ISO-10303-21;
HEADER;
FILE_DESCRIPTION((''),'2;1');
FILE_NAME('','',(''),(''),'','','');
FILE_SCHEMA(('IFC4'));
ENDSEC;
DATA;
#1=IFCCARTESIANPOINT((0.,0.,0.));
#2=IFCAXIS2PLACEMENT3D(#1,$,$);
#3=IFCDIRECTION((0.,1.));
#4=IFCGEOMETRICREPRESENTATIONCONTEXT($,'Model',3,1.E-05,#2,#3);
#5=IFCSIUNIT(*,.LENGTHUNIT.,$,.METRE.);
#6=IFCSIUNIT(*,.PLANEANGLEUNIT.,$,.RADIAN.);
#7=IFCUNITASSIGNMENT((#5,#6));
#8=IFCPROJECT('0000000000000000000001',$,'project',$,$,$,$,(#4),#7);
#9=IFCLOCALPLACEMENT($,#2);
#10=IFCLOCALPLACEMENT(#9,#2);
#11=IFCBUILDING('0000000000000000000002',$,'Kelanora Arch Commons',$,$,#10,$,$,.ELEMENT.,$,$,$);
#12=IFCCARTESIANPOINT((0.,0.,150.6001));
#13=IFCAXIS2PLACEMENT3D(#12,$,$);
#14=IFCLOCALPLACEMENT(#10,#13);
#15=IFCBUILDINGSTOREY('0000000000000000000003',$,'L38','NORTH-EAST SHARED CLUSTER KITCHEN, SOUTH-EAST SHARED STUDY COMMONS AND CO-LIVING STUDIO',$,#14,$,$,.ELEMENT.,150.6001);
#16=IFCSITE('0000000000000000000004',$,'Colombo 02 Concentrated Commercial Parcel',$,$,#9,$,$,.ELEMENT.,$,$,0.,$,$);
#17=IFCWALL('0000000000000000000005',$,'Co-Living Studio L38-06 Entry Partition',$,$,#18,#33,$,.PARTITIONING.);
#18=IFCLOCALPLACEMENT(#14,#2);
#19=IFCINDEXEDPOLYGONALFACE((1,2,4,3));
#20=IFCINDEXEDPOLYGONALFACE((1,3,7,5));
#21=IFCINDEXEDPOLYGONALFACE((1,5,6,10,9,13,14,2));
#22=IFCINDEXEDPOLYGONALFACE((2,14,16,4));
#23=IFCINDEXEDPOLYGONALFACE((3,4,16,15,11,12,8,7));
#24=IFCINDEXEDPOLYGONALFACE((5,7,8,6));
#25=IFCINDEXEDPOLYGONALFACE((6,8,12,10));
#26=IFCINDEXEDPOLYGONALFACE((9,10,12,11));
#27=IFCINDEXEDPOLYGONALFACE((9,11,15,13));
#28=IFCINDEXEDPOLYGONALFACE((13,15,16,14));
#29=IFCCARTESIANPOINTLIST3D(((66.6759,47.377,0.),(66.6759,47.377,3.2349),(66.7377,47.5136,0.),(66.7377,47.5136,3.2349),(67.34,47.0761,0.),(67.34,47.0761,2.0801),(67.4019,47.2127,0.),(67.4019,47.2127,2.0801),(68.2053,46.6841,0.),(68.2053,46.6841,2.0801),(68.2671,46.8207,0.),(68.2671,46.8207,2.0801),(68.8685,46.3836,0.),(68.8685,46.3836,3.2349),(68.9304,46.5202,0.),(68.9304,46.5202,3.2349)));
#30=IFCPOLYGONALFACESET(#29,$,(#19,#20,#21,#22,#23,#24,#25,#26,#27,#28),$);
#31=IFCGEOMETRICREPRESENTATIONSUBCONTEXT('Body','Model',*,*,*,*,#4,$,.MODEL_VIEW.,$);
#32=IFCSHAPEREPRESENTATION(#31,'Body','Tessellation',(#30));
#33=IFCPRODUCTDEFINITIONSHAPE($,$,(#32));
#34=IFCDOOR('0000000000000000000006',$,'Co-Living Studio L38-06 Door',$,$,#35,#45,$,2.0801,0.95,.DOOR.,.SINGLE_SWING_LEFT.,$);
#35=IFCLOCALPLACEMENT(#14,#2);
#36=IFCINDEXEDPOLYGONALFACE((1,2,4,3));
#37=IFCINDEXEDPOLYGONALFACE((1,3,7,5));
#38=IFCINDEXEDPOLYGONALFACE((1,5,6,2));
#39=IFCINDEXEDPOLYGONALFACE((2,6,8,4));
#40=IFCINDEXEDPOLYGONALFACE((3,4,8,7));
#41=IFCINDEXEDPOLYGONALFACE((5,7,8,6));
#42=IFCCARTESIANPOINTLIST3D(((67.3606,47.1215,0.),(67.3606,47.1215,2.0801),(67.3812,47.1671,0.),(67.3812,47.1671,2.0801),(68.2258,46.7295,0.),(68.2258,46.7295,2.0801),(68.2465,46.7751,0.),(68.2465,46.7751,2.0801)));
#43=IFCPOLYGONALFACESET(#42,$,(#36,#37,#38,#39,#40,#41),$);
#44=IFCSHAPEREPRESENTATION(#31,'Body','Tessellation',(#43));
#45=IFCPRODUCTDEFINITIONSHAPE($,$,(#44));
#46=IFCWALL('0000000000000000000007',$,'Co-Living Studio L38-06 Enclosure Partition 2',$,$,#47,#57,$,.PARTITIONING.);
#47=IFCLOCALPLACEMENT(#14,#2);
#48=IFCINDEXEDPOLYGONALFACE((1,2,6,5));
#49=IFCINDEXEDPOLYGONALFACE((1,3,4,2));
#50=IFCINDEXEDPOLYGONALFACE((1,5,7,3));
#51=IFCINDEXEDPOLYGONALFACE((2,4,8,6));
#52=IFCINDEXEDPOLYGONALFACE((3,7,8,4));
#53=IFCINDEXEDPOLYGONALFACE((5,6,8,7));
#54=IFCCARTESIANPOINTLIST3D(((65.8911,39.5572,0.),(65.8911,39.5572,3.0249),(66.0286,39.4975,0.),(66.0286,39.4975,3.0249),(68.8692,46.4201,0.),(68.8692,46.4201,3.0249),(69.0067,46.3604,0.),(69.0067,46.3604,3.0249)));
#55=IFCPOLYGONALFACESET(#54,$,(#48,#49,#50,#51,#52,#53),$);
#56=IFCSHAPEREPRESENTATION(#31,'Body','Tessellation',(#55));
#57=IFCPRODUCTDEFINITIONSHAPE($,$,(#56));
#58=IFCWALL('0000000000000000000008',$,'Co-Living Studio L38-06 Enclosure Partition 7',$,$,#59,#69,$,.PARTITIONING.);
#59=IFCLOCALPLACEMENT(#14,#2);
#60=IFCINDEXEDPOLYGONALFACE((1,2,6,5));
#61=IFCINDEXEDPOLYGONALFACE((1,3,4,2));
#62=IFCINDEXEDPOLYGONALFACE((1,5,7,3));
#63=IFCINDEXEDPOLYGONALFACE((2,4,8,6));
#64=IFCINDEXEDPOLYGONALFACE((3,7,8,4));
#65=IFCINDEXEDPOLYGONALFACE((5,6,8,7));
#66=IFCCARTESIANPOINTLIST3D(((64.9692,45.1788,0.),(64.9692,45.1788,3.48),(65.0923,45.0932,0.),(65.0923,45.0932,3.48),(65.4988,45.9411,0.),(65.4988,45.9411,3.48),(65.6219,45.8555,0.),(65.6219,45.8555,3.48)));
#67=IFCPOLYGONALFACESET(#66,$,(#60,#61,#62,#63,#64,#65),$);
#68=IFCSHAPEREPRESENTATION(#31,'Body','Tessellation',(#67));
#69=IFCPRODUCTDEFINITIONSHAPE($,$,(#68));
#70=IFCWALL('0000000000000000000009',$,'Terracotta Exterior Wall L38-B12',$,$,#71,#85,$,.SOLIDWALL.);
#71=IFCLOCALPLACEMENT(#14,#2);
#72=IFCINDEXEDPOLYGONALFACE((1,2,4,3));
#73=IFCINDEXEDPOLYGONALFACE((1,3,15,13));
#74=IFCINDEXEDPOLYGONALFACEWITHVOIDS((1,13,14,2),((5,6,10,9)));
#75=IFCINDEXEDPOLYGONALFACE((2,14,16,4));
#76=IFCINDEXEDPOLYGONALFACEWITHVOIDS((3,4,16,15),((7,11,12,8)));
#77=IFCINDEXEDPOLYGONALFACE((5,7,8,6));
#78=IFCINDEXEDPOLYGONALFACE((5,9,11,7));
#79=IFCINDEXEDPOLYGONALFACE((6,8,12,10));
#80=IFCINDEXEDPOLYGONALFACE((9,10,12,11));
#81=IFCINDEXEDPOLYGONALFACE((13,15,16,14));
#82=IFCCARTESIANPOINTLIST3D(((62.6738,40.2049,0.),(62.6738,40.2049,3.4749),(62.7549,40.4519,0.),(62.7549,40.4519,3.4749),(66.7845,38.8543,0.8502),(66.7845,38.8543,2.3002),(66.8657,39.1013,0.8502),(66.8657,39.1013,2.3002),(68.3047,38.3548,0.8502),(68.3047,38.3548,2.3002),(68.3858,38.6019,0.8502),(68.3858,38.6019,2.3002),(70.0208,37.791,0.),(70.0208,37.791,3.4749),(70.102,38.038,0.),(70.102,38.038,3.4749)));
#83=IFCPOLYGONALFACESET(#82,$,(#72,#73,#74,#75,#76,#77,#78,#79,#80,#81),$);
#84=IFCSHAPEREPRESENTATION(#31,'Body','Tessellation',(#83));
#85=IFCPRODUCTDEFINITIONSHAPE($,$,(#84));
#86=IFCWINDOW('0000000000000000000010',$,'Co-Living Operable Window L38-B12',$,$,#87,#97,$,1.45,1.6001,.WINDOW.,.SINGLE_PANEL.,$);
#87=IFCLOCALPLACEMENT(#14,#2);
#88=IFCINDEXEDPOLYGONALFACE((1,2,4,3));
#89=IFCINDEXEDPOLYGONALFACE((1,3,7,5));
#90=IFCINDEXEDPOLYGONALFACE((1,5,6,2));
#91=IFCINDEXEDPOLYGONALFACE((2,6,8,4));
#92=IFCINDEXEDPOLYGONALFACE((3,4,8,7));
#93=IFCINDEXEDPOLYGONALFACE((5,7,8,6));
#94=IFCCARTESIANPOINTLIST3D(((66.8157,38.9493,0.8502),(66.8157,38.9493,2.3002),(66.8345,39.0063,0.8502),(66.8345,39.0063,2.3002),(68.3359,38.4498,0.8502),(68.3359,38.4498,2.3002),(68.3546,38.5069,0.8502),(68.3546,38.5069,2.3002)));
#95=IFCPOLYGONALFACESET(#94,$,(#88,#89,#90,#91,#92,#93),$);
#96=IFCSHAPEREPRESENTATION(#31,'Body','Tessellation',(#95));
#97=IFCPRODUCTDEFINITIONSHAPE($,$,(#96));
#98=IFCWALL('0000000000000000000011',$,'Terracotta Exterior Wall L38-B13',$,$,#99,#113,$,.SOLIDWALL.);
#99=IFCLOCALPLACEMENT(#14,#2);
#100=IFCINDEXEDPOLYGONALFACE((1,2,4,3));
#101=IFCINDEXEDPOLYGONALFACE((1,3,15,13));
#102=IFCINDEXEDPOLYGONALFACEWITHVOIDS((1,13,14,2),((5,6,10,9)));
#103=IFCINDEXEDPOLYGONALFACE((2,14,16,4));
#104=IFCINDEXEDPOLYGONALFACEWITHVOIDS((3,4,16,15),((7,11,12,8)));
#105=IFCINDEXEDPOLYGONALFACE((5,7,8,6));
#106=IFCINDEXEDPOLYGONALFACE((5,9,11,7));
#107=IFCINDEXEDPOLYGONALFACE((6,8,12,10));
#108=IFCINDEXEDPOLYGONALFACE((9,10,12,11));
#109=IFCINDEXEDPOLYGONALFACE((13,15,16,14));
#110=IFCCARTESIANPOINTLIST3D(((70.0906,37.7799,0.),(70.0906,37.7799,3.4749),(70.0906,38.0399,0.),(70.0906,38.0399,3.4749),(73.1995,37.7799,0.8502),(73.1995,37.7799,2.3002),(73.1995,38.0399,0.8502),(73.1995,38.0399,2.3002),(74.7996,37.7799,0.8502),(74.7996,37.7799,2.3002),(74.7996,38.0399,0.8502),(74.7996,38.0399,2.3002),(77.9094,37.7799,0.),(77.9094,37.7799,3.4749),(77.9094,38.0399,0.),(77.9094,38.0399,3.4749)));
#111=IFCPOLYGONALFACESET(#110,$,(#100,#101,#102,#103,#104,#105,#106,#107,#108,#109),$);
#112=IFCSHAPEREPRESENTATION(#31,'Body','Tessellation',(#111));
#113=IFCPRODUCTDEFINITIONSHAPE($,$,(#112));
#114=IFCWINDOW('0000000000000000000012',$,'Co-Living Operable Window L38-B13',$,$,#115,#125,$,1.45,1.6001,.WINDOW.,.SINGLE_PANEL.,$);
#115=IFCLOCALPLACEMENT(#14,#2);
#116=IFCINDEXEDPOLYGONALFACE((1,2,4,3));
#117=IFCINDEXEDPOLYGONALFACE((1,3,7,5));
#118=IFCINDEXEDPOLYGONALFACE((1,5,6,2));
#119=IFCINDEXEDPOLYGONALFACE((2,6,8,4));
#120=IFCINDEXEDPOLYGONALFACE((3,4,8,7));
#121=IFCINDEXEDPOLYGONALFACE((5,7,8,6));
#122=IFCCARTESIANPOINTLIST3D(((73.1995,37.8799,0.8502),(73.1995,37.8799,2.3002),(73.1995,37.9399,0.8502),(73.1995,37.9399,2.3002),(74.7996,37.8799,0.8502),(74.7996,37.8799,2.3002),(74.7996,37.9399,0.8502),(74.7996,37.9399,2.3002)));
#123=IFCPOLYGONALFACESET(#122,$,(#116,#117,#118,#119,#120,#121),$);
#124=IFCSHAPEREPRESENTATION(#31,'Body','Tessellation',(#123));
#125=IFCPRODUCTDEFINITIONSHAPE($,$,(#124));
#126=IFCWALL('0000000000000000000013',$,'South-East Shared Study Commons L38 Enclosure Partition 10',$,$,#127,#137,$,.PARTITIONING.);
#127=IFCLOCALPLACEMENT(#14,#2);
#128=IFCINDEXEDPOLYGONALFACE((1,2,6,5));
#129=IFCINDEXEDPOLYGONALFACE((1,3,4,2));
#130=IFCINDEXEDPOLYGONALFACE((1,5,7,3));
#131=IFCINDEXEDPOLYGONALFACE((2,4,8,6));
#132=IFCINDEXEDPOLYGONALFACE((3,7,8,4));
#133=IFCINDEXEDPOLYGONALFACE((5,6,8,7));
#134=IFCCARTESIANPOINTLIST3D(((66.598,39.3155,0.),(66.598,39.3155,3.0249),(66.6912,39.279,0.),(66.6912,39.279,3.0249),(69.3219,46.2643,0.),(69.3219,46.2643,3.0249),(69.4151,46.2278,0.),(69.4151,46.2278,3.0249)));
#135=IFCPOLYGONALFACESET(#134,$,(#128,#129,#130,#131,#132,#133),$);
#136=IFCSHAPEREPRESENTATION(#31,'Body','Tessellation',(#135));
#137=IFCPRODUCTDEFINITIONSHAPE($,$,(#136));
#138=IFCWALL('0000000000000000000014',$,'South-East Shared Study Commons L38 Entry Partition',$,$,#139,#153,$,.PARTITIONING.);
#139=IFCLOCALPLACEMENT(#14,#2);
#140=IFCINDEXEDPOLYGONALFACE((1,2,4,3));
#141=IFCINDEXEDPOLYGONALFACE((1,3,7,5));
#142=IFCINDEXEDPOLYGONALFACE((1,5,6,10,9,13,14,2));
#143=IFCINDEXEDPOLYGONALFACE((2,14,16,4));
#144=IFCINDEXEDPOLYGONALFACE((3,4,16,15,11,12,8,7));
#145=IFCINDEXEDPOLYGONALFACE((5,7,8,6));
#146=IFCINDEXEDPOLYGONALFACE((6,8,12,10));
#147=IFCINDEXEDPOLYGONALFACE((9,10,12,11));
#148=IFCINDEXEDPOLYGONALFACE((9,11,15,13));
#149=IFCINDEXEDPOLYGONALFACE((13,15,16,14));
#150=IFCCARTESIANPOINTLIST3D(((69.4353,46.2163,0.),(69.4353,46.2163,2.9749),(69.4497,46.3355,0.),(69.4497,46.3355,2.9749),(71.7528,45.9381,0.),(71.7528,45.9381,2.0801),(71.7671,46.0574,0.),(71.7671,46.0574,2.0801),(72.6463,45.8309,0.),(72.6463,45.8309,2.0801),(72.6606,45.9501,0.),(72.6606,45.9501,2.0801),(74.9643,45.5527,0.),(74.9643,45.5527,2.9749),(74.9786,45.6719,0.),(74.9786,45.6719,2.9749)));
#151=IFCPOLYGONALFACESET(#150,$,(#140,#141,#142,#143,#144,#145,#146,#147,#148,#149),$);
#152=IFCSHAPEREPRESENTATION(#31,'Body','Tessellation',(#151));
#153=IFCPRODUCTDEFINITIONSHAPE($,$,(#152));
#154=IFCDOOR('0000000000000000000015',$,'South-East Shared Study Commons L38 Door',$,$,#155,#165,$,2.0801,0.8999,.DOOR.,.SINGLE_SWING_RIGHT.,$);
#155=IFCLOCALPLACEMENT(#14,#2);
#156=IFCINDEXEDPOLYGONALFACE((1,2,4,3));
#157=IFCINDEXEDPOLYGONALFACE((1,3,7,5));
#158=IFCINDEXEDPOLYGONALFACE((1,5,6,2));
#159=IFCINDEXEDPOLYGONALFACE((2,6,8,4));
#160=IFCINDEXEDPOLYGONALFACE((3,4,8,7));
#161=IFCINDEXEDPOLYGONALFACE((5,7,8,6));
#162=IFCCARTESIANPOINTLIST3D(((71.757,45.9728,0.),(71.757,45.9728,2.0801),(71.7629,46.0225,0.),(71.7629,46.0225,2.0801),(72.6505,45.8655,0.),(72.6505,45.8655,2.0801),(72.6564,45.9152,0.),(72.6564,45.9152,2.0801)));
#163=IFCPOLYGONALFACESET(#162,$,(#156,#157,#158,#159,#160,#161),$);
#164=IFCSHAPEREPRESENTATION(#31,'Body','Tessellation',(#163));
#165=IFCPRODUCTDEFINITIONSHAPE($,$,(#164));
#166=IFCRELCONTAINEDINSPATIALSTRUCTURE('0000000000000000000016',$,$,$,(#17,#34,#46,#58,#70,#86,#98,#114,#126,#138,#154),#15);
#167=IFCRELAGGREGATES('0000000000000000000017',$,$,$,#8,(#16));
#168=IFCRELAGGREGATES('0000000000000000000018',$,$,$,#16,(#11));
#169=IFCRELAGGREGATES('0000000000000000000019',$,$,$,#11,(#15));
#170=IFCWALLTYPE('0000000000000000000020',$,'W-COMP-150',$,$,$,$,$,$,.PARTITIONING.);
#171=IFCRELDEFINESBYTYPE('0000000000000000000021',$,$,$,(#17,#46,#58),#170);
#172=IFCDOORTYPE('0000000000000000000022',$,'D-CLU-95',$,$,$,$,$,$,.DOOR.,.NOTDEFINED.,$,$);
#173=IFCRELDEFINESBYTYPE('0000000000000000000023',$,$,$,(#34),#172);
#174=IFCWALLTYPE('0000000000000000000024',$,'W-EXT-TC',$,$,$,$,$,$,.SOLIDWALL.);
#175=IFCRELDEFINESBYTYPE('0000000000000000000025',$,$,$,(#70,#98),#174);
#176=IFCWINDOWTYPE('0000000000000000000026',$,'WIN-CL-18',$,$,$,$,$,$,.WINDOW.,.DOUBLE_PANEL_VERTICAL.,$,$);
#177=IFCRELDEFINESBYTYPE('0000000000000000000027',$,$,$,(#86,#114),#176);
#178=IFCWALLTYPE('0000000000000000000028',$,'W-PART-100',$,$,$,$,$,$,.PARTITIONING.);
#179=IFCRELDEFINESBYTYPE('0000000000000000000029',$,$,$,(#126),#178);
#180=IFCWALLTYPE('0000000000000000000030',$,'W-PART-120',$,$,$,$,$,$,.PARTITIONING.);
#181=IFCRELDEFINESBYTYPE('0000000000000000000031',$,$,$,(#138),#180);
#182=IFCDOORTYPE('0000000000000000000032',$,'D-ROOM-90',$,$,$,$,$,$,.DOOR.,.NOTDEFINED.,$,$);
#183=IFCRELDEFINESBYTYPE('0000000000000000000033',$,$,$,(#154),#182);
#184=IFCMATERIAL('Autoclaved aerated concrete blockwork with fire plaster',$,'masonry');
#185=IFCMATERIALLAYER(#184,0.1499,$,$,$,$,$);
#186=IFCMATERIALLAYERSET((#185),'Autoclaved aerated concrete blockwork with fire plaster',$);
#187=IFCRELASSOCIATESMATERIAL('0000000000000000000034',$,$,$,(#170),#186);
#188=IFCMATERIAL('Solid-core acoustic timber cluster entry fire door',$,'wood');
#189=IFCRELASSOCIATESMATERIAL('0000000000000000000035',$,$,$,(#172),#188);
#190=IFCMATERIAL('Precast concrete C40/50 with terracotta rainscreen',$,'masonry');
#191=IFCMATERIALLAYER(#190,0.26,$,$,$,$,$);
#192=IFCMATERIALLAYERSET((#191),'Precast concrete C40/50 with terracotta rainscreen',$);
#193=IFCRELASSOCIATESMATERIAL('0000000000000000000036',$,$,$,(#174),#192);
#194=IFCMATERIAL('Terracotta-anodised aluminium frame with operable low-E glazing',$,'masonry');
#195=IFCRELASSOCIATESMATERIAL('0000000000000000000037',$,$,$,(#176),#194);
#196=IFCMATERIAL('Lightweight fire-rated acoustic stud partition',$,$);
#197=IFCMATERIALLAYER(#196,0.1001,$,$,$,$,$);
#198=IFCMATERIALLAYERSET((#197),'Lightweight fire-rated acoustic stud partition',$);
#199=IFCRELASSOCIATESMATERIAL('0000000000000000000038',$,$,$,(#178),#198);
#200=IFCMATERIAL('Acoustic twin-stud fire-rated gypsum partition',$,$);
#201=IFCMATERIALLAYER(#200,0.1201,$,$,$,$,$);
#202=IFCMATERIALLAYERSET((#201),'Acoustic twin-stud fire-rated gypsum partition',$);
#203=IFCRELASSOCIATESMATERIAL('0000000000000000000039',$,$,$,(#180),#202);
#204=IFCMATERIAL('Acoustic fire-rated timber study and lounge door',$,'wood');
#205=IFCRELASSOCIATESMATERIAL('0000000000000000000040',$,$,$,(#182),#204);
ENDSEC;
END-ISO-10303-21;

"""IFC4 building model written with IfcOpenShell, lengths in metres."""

from ifc_helpers import new_model, si_unit, direction, frame, frame_2d, origin, place, context, subcontext, project, spatial, rectangle, extrude, material, layer, layer_set, type_object, element, fill, save


model = new_model("IFC4")

# Units and contexts
model_context = context("Model", 3, precision=1e-05, world=origin(), true_north=direction((0.0, 1.0)))
body_context = subcontext(model_context, "Body", "Model", "MODEL_VIEW")
ifc_project = project(units=[si_unit("LENGTHUNIT", "METRE"), si_unit("PLANEANGLEUNIT", "RADIAN")], contexts=[model_context])

# Site, building, storey
site_placement = place(None, origin())
site = spatial("IfcSite", under=ifc_project, at=site_placement, Name="Colombo 02 Concentrated Commercial Parcel", CompositionType="ELEMENT", RefElevation=0.0)
building_placement = place(site_placement, origin())
building = spatial("IfcBuilding", under=site, at=building_placement, Name="Kelanora Arch Commons", CompositionType="ELEMENT")
storey_placement = place(building_placement, frame((0.0, 0.0, 150.6001)))
storey = spatial("IfcBuildingStorey", under=building, at=storey_placement, Name="L38", Description="NORTH-EAST SHARED CLUSTER KITCHEN, SOUTH-EAST SHARED STUDY COMMONS AND CO-LIVING STUDIO", CompositionType="ELEMENT", Elevation=150.6001)

# Wall, opening, door
ifc_material_1 = material(Name="Autoclaved aerated concrete blockwork with fire plaster", Category="masonry")
ifc_layer_1 = layer(ifc_material_1, 0.1499)
ifc_layer_set_1 = layer_set([ifc_layer_1], Name="Autoclaved aerated concrete blockwork with fire plaster")
wall_type_1 = type_object("IfcWallType", Name="W-COMP-150", PredefinedType="PARTITIONING", material=ifc_layer_set_1)
wall_1_placement = place(storey_placement, frame((66.7068, 47.4453, 0.0), z_axis=(0.0, 0.0, 1.0), x_axis=(0.910873, -0.412687, 0.0)))
wall_1 = element("IfcWall", 1, at=wall_1_placement, inside=storey, type_object=wall_type_1, Name="Co-Living Studio L38-06 Entry Partition", PredefinedType="PARTITIONING", context=body_context, shape_type="SweptSolid", body=[
    extrude(rectangle(XDim=2.4072, YDim=0.1499, at=frame_2d((1.2036, 0.0))), origin(), (0.0, 0.0, 1.0), 3.2349),
])
opening_1_placement = place(wall_1_placement, frame((0.729, 0.0, 0.0)))
opening_1 = element("IfcOpeningElement", 2, at=opening_1_placement, cuts=wall_1, PredefinedType="OPENING", context=body_context, shape_type="SweptSolid", body=[
    extrude(rectangle(XDim=0.95, YDim=2.0801, at=frame_2d((0.4751, 1.04))), frame((0.0, 0.085, 0.0), z_axis=(0.0, -1.0, 0.0), x_axis=(1.0, 0.0, 0.0)), (0.0, 0.0, 1.0), 0.1699),
])
ifc_material_2 = material(Name="Solid-core acoustic timber cluster entry fire door", Category="wood")
door_type_1 = type_object("IfcDoorType", Name="D-CLU-95", OperationType="NOTDEFINED", PredefinedType="DOOR", material=ifc_material_2)
door_1_placement = place(opening_1_placement, origin())
door_1 = element("IfcDoor", 3, at=door_1_placement, inside=storey, type_object=door_type_1, Name="Co-Living Studio L38-06 Door", OperationType="SINGLE_SWING_LEFT", OverallHeight=2.0801, OverallWidth=0.95, PredefinedType="DOOR", context=body_context, shape_type="SweptSolid", body=[
    extrude(rectangle(XDim=0.95, YDim=2.0801, at=frame_2d((0.4751, 1.04))), frame((0.0, 0.0249, 0.0), z_axis=(0.0, -1.0, 0.0), x_axis=(1.0, 0.0, 0.0)), (0.0, 0.0, 1.0), 0.05),
])
fill(opening_1, door_1)

# Walls
wall_2_placement = place(storey_placement, frame((68.938, 46.3904, 0.0), z_axis=(0.0, 0.0, 1.0), x_axis=(-0.398074, -0.917353, 0.0)))
element("IfcWall", 4, at=wall_2_placement, inside=storey, type_object=wall_type_1, Name="Co-Living Studio L38-06 Enclosure Partition 2", PredefinedType="PARTITIONING", context=body_context, shape_type="SweptSolid", body=[
    extrude(rectangle(XDim=7.4812, YDim=0.1499, at=frame_2d((3.7407, 0.0))), origin(), (0.0, 0.0, 1.0), 3.0249),
])
wall_3_placement = place(storey_placement, frame((65.0308, 45.136, 0.0), z_axis=(0.0, 0.0, 1.0), x_axis=(0.570563, 0.821254, 0.0)))
element("IfcWall", 5, at=wall_3_placement, inside=storey, type_object=wall_type_1, Name="Co-Living Studio L38-06 Enclosure Partition 7", PredefinedType="PARTITIONING", context=body_context, shape_type="SweptSolid", body=[
    extrude(rectangle(XDim=0.9282, YDim=0.1499, at=frame_2d((0.4641, 0.0))), origin(), (0.0, 0.0, 1.0), 3.48),
])

# Walls, openings, windows
ifc_material_3 = material(Name="Precast concrete C40/50 with terracotta rainscreen", Category="masonry")
ifc_layer_2 = layer(ifc_material_3, 0.26)
ifc_layer_set_2 = layer_set([ifc_layer_2], Name="Precast concrete C40/50 with terracotta rainscreen")
wall_type_2 = type_object("IfcWallType", Name="W-EXT-TC", PredefinedType="SOLIDWALL", material=ifc_layer_set_2)
wall_4_placement = place(storey_placement, frame((62.7144, 40.3284, 0.0), z_axis=(0.0, 0.0, 1.0), x_axis=(0.950038, -0.312133, 0.0)))
wall_4 = element("IfcWall", 6, at=wall_4_placement, inside=storey, type_object=wall_type_2, Name="Terracotta Exterior Wall L38-B12", PredefinedType="SOLIDWALL", context=body_context, shape_type="SweptSolid", body=[
    extrude(rectangle(XDim=7.7334, YDim=0.26, at=frame_2d((3.8667, 0.0))), origin(), (0.0, 0.0, 1.0), 3.4749),
])
opening_2_placement = place(wall_4_placement, frame((4.3269, 0.0, 0.8501)))
opening_2 = element("IfcOpeningElement", 7, at=opening_2_placement, cuts=wall_4, PredefinedType="OPENING", context=body_context, shape_type="SweptSolid", body=[
    extrude(rectangle(XDim=1.6001, YDim=1.45, at=frame_2d((0.8, 0.7251))), frame((0.0, 0.1401, 0.0), z_axis=(0.0, -1.0, 0.0), x_axis=(1.0, 0.0, 0.0)), (0.0, 0.0, 1.0), 0.28),
])
ifc_material_4 = material(Name="Terracotta-anodised aluminium frame with operable low-E glazing", Category="masonry")
window_type = type_object("IfcWindowType", Name="WIN-CL-18", PartitioningType="DOUBLE_PANEL_VERTICAL", PredefinedType="WINDOW", material=ifc_material_4)
window_1_placement = place(opening_2_placement, origin())
window_1 = element("IfcWindow", 8, at=window_1_placement, inside=storey, type_object=window_type, Name="Co-Living Operable Window L38-B12", OverallHeight=1.45, OverallWidth=1.6001, PartitioningType="SINGLE_PANEL", PredefinedType="WINDOW", context=body_context, shape_type="SweptSolid", body=[
    extrude(rectangle(XDim=1.6001, YDim=1.45, at=frame_2d((0.8, 0.7251))), frame((0.0, 0.03, 0.0), z_axis=(0.0, -1.0, 0.0), x_axis=(1.0, 0.0, 0.0)), (0.0, 0.0, 1.0), 0.0601),
])
fill(opening_2, window_1)
wall_5_placement = place(storey_placement, frame((70.0906, 37.9099, 0.0), z_axis=(0.0, 0.0, 1.0), x_axis=(1.0, 0.0, 0.0)))
wall_5 = element("IfcWall", 9, at=wall_5_placement, inside=storey, type_object=wall_type_2, Name="Terracotta Exterior Wall L38-B13", PredefinedType="SOLIDWALL", context=body_context, shape_type="SweptSolid", body=[
    extrude(rectangle(XDim=7.8188, YDim=0.26, at=frame_2d((3.9094, 0.0))), origin(), (0.0, 0.0, 1.0), 3.4749),
])
opening_3_placement = place(wall_5_placement, frame((3.1089, 0.0, 0.8501)))
opening_3 = element("IfcOpeningElement", 10, at=opening_3_placement, cuts=wall_5, PredefinedType="OPENING", context=body_context, shape_type="SweptSolid", body=[
    extrude(rectangle(XDim=1.6001, YDim=1.45, at=frame_2d((0.8, 0.7251))), frame((0.0, 0.1401, 0.0), z_axis=(0.0, -1.0, 0.0), x_axis=(1.0, 0.0, 0.0)), (0.0, 0.0, 1.0), 0.28),
])
window_2_placement = place(opening_3_placement, origin())
window_2 = element("IfcWindow", 11, at=window_2_placement, inside=storey, type_object=window_type, Name="Co-Living Operable Window L38-B13", OverallHeight=1.45, OverallWidth=1.6001, PartitioningType="SINGLE_PANEL", PredefinedType="WINDOW", context=body_context, shape_type="SweptSolid", body=[
    extrude(rectangle(XDim=1.6001, YDim=1.45, at=frame_2d((0.8, 0.7251))), frame((0.0, 0.03, 0.0), z_axis=(0.0, -1.0, 0.0), x_axis=(1.0, 0.0, 0.0)), (0.0, 0.0, 1.0), 0.0601),
])
fill(opening_3, window_2)

# Wall
ifc_material_5 = material(Name="Lightweight fire-rated acoustic stud partition")
ifc_layer_3 = layer(ifc_material_5, 0.1001)
ifc_layer_set_3 = layer_set([ifc_layer_3], Name="Lightweight fire-rated acoustic stud partition")
wall_type_3 = type_object("IfcWallType", Name="W-PART-100", PredefinedType="PARTITIONING", material=ifc_layer_set_3)
wall_6_placement = place(storey_placement, frame((66.6445, 39.2971, 0.0), z_axis=(0.0, 0.0, 1.0), x_axis=(0.364958, 0.931024, 0.0)))
element("IfcWall", 12, at=wall_6_placement, inside=storey, type_object=wall_type_3, Name="South-East Shared Study Commons L38 Enclosure Partition 10", PredefinedType="PARTITIONING", context=body_context, shape_type="SweptSolid", body=[
    extrude(rectangle(XDim=7.4636, YDim=0.1001, at=frame_2d((3.7319, 0.0))), origin(), (0.0, 0.0, 1.0), 3.0249),
])

# Wall, opening, door
ifc_material_6 = material(Name="Acoustic twin-stud fire-rated gypsum partition")
ifc_layer_4 = layer(ifc_material_6, 0.1201)
ifc_layer_set_4 = layer_set([ifc_layer_4], Name="Acoustic twin-stud fire-rated gypsum partition")
wall_type_4 = type_object("IfcWallType", Name="W-PART-120", PredefinedType="PARTITIONING", material=ifc_layer_set_4)
wall_7_placement = place(storey_placement, frame((69.4426, 46.2759, 0.0), z_axis=(0.0, 0.0, 1.0), x_axis=(0.992874, -0.119166, 0.0)))
wall_7 = element("IfcWall", 13, at=wall_7_placement, inside=storey, type_object=wall_type_4, Name="South-East Shared Study Commons L38 Entry Partition", PredefinedType="PARTITIONING", context=body_context, shape_type="SweptSolid", body=[
    extrude(rectangle(XDim=5.5686, YDim=0.1201, at=frame_2d((2.7842, 0.0))), origin(), (0.0, 0.0, 1.0), 2.9749),
])
opening_4_placement = place(wall_7_placement, frame((2.334, 0.0, 0.0)))
opening_4 = element("IfcOpeningElement", 14, at=opening_4_placement, cuts=wall_7, PredefinedType="OPENING", context=body_context, shape_type="SweptSolid", body=[
    extrude(rectangle(XDim=0.8999, YDim=2.0801, at=frame_2d((0.45, 1.04))), frame((0.0, 0.0701, 0.0), z_axis=(0.0, -1.0, 0.0), x_axis=(1.0, 0.0, 0.0)), (0.0, 0.0, 1.0), 0.1401),
])
ifc_material_7 = material(Name="Acoustic fire-rated timber study and lounge door", Category="wood")
door_type_2 = type_object("IfcDoorType", Name="D-ROOM-90", OperationType="NOTDEFINED", PredefinedType="DOOR", material=ifc_material_7)
door_2_placement = place(opening_4_placement, origin())
door_2 = element("IfcDoor", 15, at=door_2_placement, inside=storey, type_object=door_type_2, Name="South-East Shared Study Commons L38 Door", OperationType="SINGLE_SWING_RIGHT", OverallHeight=2.0801, OverallWidth=0.8999, PredefinedType="DOOR", context=body_context, shape_type="SweptSolid", body=[
    extrude(rectangle(XDim=0.8999, YDim=2.0801, at=frame_2d((0.45, 1.04))), frame((0.0, 0.0249, 0.0), z_axis=(0.0, -1.0, 0.0), x_axis=(1.0, 0.0, 0.0)), (0.0, 0.0, 1.0), 0.05),
])
fill(opening_4, door_2)

save(model, "model.ifc")
